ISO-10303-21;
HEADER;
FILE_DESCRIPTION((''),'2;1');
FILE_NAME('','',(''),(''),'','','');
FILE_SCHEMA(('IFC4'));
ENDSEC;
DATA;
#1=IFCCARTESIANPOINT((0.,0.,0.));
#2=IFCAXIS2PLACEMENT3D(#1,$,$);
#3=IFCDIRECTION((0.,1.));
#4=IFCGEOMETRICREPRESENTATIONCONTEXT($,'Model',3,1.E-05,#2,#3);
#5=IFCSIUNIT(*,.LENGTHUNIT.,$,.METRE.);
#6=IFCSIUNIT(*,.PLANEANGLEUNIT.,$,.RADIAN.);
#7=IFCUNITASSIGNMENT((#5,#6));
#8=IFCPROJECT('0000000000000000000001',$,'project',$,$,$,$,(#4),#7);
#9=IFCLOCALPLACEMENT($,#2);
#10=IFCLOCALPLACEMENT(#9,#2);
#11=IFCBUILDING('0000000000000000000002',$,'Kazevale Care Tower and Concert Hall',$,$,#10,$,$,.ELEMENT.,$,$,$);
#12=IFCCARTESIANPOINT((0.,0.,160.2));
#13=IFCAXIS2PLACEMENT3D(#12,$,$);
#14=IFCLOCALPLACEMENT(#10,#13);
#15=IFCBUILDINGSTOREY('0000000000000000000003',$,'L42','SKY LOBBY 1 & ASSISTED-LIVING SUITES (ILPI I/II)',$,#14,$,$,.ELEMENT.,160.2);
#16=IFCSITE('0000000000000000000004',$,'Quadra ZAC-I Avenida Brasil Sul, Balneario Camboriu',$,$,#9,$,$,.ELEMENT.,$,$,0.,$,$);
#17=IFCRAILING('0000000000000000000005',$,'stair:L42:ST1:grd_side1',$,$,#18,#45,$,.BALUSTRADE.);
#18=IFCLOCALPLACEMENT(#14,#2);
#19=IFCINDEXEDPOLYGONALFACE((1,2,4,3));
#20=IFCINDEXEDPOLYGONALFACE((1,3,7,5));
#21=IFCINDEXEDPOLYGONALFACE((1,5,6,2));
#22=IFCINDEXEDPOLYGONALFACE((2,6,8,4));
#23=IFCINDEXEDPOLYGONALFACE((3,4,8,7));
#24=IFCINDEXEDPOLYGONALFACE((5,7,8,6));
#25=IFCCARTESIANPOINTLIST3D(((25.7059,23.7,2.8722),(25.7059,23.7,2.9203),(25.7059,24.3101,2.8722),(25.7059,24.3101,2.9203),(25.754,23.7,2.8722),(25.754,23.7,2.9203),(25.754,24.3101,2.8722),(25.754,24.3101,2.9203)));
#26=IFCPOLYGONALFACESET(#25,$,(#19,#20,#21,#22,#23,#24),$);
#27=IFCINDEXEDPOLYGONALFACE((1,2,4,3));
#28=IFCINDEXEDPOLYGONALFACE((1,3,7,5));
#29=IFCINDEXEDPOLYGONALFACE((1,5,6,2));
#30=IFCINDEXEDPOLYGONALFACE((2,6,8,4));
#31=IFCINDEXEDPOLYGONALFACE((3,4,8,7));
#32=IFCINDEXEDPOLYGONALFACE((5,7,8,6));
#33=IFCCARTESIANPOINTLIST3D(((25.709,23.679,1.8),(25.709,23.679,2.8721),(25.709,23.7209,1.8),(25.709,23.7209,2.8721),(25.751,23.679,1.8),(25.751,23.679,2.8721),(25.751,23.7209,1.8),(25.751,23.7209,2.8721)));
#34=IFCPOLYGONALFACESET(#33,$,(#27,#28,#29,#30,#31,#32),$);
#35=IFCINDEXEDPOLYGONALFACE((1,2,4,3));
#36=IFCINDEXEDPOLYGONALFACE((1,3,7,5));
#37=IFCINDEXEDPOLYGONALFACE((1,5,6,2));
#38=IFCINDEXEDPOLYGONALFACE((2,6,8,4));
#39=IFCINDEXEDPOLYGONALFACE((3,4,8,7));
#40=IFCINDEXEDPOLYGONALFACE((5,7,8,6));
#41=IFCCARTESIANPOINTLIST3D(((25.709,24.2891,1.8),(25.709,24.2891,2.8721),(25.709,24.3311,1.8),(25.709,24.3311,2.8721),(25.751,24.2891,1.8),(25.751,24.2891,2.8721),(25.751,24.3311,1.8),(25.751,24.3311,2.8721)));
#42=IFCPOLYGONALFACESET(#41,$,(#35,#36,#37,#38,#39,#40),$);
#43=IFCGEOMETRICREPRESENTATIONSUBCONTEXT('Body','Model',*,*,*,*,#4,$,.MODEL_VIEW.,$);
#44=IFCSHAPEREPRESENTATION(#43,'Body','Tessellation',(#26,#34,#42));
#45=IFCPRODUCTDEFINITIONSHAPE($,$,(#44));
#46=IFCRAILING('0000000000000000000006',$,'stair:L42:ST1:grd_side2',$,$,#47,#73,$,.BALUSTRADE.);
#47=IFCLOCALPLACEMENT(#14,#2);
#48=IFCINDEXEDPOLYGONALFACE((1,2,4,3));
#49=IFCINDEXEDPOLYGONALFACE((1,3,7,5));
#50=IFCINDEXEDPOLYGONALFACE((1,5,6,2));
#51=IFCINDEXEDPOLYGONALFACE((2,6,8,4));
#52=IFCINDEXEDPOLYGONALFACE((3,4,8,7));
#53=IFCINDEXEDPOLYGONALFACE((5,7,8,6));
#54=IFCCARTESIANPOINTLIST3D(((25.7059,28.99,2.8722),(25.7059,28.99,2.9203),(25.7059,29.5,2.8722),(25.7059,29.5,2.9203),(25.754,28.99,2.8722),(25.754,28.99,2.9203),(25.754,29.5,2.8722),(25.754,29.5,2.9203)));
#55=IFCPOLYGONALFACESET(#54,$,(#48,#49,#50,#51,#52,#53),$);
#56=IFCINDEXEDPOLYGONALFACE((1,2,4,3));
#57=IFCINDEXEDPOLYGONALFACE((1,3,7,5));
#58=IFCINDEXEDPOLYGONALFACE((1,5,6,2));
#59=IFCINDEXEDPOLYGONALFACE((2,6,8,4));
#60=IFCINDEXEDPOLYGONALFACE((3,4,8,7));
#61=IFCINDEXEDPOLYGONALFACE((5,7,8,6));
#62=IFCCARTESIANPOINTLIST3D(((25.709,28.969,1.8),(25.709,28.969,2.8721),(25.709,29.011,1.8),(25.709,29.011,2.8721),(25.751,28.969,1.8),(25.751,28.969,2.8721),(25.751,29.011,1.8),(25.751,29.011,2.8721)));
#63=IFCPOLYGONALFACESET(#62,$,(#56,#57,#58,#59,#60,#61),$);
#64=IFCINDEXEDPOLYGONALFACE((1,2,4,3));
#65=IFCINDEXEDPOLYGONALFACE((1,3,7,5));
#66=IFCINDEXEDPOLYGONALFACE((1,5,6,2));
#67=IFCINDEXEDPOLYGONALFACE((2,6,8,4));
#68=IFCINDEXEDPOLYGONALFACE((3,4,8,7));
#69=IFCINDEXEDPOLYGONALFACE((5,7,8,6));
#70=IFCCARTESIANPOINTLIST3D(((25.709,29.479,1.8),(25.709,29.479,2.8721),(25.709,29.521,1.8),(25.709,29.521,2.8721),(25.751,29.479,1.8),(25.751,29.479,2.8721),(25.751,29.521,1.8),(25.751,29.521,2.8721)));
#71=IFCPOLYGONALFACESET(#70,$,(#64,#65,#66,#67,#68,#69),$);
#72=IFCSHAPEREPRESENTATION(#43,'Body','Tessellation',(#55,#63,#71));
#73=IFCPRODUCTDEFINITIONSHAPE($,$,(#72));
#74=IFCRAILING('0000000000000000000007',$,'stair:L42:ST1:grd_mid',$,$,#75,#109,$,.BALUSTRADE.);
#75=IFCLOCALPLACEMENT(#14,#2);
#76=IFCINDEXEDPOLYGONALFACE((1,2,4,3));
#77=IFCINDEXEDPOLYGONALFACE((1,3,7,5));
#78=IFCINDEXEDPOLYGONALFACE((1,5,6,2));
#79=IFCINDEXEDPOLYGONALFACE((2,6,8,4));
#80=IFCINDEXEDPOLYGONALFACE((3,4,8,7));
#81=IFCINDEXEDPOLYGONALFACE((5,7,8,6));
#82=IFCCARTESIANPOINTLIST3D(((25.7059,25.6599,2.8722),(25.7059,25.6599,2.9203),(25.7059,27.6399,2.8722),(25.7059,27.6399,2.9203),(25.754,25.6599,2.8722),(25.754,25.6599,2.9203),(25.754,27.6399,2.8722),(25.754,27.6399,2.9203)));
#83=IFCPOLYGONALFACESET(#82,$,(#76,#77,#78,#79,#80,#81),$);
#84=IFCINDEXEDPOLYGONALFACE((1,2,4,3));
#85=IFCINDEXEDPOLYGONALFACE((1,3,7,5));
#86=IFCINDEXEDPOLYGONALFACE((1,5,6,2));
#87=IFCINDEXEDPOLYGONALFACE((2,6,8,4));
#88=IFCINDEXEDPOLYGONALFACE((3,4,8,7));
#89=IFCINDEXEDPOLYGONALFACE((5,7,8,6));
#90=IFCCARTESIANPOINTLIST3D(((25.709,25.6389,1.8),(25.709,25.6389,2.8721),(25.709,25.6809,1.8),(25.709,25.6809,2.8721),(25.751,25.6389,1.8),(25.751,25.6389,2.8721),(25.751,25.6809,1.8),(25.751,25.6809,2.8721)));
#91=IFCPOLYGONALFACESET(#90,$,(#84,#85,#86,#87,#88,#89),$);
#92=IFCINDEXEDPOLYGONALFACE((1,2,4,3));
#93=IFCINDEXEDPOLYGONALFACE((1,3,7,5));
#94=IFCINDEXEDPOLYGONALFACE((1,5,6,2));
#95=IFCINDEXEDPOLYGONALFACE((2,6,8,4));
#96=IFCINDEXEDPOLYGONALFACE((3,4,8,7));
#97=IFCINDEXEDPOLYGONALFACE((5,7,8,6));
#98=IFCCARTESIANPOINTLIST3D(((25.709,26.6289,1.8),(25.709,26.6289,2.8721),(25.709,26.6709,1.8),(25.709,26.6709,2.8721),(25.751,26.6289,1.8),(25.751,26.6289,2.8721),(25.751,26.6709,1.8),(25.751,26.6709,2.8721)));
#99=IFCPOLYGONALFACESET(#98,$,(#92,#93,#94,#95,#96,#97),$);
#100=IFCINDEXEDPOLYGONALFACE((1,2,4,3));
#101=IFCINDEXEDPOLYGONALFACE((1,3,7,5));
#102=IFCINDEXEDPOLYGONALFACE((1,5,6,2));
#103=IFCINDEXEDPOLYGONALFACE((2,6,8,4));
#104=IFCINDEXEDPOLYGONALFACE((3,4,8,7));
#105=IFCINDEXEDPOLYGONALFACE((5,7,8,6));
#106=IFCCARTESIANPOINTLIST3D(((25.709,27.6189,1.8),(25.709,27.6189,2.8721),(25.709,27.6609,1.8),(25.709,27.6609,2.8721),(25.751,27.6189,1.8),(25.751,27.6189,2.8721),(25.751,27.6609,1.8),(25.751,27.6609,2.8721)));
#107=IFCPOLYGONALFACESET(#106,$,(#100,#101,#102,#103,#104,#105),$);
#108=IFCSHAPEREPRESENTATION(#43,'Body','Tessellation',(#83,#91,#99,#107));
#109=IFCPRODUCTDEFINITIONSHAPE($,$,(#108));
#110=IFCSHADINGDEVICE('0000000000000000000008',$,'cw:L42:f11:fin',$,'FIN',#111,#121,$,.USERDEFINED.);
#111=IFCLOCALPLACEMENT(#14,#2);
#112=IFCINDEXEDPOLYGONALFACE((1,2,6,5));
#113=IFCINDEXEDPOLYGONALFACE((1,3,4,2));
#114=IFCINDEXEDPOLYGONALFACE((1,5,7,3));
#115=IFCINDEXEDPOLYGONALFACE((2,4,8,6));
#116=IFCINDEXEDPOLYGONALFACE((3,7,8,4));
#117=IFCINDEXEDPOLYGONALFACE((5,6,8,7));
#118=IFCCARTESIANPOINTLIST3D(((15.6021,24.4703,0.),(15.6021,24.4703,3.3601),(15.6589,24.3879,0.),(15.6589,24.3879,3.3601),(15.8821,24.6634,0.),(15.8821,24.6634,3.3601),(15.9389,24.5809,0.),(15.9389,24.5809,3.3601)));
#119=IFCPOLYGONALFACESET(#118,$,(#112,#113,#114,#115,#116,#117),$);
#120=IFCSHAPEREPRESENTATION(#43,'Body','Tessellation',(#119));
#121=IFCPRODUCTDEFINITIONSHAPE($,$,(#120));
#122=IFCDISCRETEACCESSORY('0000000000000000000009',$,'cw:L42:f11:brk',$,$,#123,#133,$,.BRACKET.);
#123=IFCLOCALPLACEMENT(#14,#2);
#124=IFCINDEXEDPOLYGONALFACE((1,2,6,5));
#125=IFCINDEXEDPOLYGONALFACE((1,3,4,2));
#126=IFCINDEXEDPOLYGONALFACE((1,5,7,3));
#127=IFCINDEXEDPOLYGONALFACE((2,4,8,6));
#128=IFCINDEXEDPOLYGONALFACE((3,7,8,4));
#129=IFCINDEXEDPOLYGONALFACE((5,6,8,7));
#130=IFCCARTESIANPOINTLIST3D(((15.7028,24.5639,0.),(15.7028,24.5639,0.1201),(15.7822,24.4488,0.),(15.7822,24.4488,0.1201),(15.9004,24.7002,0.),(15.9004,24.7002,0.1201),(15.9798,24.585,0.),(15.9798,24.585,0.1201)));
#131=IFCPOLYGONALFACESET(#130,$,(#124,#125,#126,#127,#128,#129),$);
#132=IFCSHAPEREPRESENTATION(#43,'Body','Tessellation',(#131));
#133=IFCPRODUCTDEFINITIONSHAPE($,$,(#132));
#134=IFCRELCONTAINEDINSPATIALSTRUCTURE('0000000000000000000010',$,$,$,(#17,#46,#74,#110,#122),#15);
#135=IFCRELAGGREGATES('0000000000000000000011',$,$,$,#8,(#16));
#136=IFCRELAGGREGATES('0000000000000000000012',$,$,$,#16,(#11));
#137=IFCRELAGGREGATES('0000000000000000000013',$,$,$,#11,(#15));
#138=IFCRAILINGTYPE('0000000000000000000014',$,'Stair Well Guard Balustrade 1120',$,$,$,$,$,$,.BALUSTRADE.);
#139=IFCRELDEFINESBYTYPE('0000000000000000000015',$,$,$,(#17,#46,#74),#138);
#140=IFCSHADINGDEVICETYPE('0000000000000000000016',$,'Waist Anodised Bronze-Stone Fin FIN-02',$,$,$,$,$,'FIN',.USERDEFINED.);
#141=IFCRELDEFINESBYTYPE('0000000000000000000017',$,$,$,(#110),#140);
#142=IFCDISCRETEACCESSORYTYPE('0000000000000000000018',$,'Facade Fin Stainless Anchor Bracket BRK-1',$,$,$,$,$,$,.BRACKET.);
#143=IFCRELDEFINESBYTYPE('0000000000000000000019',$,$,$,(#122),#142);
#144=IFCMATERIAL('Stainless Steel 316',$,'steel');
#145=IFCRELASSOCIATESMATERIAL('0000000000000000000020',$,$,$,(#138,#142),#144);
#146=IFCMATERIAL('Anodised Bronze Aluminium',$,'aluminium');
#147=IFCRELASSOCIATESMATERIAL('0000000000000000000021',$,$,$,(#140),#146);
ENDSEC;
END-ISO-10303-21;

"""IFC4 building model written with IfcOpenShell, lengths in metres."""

from ifc_helpers import new_model, si_unit, direction, frame, origin, origin_2d, place, context, subcontext, project, spatial, rectangle, extrude, material, type_object, element, save


model = new_model("IFC4")

# Units and contexts
model_context = context("Model", 3, precision=1e-05, world=origin(), true_north=direction((0.0, 1.0)))
body_context = subcontext(model_context, "Body", "Model", "MODEL_VIEW")
ifc_project = project(units=[si_unit("LENGTHUNIT", "METRE"), si_unit("PLANEANGLEUNIT", "RADIAN")], contexts=[model_context])

# Site, building, storey
site_placement = place(None, origin())
site = spatial("IfcSite", under=ifc_project, at=site_placement, Name="Quadra ZAC-I Avenida Brasil Sul, Balneario Camboriu", CompositionType="ELEMENT", RefElevation=0.0)
building_placement = place(site_placement, origin())
building = spatial("IfcBuilding", under=site, at=building_placement, Name="Kazevale Care Tower and Concert Hall", CompositionType="ELEMENT")
storey_placement = place(building_placement, frame((0.0, 0.0, 160.2)))
storey = spatial("IfcBuildingStorey", under=building, at=storey_placement, Name="L42", Description="SKY LOBBY 1 & ASSISTED-LIVING SUITES (ILPI I/II)", CompositionType="ELEMENT", Elevation=160.2)

# Railings
ifc_material_1 = material(Name="Stainless Steel 316", Category="steel")
railing_type_1 = type_object("IfcRailingType", Name="Stair Well Guard Balustrade 1120", PredefinedType="BALUSTRADE", material=ifc_material_1)
railing_1_placement = place(storey_placement, frame((25.73, 23.7, 1.8)))
element("IfcRailing", 1, at=railing_1_placement, inside=storey, type_object=railing_type_1, Name="stair:L42:ST1:grd_side1", PredefinedType="BALUSTRADE", context=body_context, shape_type="SweptSolid", body=[
    extrude(rectangle(XDim=0.0481, YDim=0.0481, at=origin_2d()), frame((0.0, 0.0, 1.0962), z_axis=(0.0, 1.0, 0.0), x_axis=(-1.0, 0.0, 0.0)), (0.0, 0.0, 1.0), 0.6101),
    extrude(rectangle(XDim=0.042, YDim=0.042, at=origin_2d()), origin(), (0.0, 0.0, 1.0), 1.072),
    extrude(rectangle(XDim=0.042, YDim=0.042, at=origin_2d()), frame((0.0, 0.6101, 0.0)), (0.0, 0.0, 1.0), 1.072),
])
railing_2_placement = place(storey_placement, frame((25.73, 28.99, 1.8)))
element("IfcRailing", 2, at=railing_2_placement, inside=storey, type_object=railing_type_1, Name="stair:L42:ST1:grd_side2", PredefinedType="BALUSTRADE", context=body_context, shape_type="SweptSolid", body=[
    extrude(rectangle(XDim=0.0481, YDim=0.0481, at=origin_2d()), frame((0.0, 0.0, 1.0962), z_axis=(0.0, 1.0, 0.0), x_axis=(-1.0, 0.0, 0.0)), (0.0, 0.0, 1.0), 0.51),
    extrude(rectangle(XDim=0.042, YDim=0.042, at=origin_2d()), origin(), (0.0, 0.0, 1.0), 1.072),
    extrude(rectangle(XDim=0.042, YDim=0.042, at=origin_2d()), frame((0.0, 0.51, 0.0)), (0.0, 0.0, 1.0), 1.072),
])
railing_3_placement = place(storey_placement, frame((25.73, 25.6599, 1.8)))
element("IfcRailing", 3, at=railing_3_placement, inside=storey, type_object=railing_type_1, Name="stair:L42:ST1:grd_mid", PredefinedType="BALUSTRADE", context=body_context, shape_type="SweptSolid", body=[
    extrude(rectangle(XDim=0.0481, YDim=0.0481, at=origin_2d()), frame((0.0, 0.0, 1.0962), z_axis=(0.0, 1.0, 0.0), x_axis=(-1.0, 0.0, 0.0)), (0.0, 0.0, 1.0), 1.98),
    extrude(rectangle(XDim=0.042, YDim=0.042, at=origin_2d()), origin(), (0.0, 0.0, 1.0), 1.072),
    extrude(rectangle(XDim=0.042, YDim=0.042, at=origin_2d()), frame((0.0, 0.99, 0.0)), (0.0, 0.0, 1.0), 1.072),
    extrude(rectangle(XDim=0.042, YDim=0.042, at=origin_2d()), frame((0.0, 1.98, 0.0)), (0.0, 0.0, 1.0), 1.072),
])

# Shading device
ifc_material_2 = material(Name="Anodised Bronze Aluminium", Category="aluminium")
shading_device_type = type_object("IfcShadingDeviceType", Name="Waist Anodised Bronze-Stone Fin FIN-02", ElementType="FIN", PredefinedType="USERDEFINED", material=ifc_material_2)
shading_device_placement = place(storey_placement, frame((15.7705, 24.5256, 0.0), z_axis=(0.0, 0.0, 1.0), x_axis=(-0.823335, -0.567556, 0.0)))
element("IfcShadingDevice", 4, at=shading_device_placement, inside=storey, type_object=shading_device_type, Name="cw:L42:f11:fin", ObjectType="FIN", PredefinedType="USERDEFINED", context=body_context, shape_type="SweptSolid", body=[
    extrude(rectangle(XDim=0.3401, YDim=0.1001, at=origin_2d()), origin(), (0.0, 0.0, 1.0), 3.3601),
])

# Discrete accessory
discrete_accessory_type = type_object("IfcDiscreteAccessoryType", Name="Facade Fin Stainless Anchor Bracket BRK-1", PredefinedType="BRACKET", material=ifc_material_1)
discrete_accessory_placement = place(storey_placement, frame((15.8413, 24.5745, 0.0), z_axis=(0.0, 0.0, 1.0), x_axis=(-0.823335, -0.567556, 0.0)))
element("IfcDiscreteAccessory", 5, at=discrete_accessory_placement, inside=storey, type_object=discrete_accessory_type, Name="cw:L42:f11:brk", PredefinedType="BRACKET", context=body_context, shape_type="SweptSolid", body=[
    extrude(rectangle(XDim=0.24, YDim=0.1399, at=origin_2d()), origin(), (0.0, 0.0, 1.0), 0.1201),
])

save(model, "model.ifc")
